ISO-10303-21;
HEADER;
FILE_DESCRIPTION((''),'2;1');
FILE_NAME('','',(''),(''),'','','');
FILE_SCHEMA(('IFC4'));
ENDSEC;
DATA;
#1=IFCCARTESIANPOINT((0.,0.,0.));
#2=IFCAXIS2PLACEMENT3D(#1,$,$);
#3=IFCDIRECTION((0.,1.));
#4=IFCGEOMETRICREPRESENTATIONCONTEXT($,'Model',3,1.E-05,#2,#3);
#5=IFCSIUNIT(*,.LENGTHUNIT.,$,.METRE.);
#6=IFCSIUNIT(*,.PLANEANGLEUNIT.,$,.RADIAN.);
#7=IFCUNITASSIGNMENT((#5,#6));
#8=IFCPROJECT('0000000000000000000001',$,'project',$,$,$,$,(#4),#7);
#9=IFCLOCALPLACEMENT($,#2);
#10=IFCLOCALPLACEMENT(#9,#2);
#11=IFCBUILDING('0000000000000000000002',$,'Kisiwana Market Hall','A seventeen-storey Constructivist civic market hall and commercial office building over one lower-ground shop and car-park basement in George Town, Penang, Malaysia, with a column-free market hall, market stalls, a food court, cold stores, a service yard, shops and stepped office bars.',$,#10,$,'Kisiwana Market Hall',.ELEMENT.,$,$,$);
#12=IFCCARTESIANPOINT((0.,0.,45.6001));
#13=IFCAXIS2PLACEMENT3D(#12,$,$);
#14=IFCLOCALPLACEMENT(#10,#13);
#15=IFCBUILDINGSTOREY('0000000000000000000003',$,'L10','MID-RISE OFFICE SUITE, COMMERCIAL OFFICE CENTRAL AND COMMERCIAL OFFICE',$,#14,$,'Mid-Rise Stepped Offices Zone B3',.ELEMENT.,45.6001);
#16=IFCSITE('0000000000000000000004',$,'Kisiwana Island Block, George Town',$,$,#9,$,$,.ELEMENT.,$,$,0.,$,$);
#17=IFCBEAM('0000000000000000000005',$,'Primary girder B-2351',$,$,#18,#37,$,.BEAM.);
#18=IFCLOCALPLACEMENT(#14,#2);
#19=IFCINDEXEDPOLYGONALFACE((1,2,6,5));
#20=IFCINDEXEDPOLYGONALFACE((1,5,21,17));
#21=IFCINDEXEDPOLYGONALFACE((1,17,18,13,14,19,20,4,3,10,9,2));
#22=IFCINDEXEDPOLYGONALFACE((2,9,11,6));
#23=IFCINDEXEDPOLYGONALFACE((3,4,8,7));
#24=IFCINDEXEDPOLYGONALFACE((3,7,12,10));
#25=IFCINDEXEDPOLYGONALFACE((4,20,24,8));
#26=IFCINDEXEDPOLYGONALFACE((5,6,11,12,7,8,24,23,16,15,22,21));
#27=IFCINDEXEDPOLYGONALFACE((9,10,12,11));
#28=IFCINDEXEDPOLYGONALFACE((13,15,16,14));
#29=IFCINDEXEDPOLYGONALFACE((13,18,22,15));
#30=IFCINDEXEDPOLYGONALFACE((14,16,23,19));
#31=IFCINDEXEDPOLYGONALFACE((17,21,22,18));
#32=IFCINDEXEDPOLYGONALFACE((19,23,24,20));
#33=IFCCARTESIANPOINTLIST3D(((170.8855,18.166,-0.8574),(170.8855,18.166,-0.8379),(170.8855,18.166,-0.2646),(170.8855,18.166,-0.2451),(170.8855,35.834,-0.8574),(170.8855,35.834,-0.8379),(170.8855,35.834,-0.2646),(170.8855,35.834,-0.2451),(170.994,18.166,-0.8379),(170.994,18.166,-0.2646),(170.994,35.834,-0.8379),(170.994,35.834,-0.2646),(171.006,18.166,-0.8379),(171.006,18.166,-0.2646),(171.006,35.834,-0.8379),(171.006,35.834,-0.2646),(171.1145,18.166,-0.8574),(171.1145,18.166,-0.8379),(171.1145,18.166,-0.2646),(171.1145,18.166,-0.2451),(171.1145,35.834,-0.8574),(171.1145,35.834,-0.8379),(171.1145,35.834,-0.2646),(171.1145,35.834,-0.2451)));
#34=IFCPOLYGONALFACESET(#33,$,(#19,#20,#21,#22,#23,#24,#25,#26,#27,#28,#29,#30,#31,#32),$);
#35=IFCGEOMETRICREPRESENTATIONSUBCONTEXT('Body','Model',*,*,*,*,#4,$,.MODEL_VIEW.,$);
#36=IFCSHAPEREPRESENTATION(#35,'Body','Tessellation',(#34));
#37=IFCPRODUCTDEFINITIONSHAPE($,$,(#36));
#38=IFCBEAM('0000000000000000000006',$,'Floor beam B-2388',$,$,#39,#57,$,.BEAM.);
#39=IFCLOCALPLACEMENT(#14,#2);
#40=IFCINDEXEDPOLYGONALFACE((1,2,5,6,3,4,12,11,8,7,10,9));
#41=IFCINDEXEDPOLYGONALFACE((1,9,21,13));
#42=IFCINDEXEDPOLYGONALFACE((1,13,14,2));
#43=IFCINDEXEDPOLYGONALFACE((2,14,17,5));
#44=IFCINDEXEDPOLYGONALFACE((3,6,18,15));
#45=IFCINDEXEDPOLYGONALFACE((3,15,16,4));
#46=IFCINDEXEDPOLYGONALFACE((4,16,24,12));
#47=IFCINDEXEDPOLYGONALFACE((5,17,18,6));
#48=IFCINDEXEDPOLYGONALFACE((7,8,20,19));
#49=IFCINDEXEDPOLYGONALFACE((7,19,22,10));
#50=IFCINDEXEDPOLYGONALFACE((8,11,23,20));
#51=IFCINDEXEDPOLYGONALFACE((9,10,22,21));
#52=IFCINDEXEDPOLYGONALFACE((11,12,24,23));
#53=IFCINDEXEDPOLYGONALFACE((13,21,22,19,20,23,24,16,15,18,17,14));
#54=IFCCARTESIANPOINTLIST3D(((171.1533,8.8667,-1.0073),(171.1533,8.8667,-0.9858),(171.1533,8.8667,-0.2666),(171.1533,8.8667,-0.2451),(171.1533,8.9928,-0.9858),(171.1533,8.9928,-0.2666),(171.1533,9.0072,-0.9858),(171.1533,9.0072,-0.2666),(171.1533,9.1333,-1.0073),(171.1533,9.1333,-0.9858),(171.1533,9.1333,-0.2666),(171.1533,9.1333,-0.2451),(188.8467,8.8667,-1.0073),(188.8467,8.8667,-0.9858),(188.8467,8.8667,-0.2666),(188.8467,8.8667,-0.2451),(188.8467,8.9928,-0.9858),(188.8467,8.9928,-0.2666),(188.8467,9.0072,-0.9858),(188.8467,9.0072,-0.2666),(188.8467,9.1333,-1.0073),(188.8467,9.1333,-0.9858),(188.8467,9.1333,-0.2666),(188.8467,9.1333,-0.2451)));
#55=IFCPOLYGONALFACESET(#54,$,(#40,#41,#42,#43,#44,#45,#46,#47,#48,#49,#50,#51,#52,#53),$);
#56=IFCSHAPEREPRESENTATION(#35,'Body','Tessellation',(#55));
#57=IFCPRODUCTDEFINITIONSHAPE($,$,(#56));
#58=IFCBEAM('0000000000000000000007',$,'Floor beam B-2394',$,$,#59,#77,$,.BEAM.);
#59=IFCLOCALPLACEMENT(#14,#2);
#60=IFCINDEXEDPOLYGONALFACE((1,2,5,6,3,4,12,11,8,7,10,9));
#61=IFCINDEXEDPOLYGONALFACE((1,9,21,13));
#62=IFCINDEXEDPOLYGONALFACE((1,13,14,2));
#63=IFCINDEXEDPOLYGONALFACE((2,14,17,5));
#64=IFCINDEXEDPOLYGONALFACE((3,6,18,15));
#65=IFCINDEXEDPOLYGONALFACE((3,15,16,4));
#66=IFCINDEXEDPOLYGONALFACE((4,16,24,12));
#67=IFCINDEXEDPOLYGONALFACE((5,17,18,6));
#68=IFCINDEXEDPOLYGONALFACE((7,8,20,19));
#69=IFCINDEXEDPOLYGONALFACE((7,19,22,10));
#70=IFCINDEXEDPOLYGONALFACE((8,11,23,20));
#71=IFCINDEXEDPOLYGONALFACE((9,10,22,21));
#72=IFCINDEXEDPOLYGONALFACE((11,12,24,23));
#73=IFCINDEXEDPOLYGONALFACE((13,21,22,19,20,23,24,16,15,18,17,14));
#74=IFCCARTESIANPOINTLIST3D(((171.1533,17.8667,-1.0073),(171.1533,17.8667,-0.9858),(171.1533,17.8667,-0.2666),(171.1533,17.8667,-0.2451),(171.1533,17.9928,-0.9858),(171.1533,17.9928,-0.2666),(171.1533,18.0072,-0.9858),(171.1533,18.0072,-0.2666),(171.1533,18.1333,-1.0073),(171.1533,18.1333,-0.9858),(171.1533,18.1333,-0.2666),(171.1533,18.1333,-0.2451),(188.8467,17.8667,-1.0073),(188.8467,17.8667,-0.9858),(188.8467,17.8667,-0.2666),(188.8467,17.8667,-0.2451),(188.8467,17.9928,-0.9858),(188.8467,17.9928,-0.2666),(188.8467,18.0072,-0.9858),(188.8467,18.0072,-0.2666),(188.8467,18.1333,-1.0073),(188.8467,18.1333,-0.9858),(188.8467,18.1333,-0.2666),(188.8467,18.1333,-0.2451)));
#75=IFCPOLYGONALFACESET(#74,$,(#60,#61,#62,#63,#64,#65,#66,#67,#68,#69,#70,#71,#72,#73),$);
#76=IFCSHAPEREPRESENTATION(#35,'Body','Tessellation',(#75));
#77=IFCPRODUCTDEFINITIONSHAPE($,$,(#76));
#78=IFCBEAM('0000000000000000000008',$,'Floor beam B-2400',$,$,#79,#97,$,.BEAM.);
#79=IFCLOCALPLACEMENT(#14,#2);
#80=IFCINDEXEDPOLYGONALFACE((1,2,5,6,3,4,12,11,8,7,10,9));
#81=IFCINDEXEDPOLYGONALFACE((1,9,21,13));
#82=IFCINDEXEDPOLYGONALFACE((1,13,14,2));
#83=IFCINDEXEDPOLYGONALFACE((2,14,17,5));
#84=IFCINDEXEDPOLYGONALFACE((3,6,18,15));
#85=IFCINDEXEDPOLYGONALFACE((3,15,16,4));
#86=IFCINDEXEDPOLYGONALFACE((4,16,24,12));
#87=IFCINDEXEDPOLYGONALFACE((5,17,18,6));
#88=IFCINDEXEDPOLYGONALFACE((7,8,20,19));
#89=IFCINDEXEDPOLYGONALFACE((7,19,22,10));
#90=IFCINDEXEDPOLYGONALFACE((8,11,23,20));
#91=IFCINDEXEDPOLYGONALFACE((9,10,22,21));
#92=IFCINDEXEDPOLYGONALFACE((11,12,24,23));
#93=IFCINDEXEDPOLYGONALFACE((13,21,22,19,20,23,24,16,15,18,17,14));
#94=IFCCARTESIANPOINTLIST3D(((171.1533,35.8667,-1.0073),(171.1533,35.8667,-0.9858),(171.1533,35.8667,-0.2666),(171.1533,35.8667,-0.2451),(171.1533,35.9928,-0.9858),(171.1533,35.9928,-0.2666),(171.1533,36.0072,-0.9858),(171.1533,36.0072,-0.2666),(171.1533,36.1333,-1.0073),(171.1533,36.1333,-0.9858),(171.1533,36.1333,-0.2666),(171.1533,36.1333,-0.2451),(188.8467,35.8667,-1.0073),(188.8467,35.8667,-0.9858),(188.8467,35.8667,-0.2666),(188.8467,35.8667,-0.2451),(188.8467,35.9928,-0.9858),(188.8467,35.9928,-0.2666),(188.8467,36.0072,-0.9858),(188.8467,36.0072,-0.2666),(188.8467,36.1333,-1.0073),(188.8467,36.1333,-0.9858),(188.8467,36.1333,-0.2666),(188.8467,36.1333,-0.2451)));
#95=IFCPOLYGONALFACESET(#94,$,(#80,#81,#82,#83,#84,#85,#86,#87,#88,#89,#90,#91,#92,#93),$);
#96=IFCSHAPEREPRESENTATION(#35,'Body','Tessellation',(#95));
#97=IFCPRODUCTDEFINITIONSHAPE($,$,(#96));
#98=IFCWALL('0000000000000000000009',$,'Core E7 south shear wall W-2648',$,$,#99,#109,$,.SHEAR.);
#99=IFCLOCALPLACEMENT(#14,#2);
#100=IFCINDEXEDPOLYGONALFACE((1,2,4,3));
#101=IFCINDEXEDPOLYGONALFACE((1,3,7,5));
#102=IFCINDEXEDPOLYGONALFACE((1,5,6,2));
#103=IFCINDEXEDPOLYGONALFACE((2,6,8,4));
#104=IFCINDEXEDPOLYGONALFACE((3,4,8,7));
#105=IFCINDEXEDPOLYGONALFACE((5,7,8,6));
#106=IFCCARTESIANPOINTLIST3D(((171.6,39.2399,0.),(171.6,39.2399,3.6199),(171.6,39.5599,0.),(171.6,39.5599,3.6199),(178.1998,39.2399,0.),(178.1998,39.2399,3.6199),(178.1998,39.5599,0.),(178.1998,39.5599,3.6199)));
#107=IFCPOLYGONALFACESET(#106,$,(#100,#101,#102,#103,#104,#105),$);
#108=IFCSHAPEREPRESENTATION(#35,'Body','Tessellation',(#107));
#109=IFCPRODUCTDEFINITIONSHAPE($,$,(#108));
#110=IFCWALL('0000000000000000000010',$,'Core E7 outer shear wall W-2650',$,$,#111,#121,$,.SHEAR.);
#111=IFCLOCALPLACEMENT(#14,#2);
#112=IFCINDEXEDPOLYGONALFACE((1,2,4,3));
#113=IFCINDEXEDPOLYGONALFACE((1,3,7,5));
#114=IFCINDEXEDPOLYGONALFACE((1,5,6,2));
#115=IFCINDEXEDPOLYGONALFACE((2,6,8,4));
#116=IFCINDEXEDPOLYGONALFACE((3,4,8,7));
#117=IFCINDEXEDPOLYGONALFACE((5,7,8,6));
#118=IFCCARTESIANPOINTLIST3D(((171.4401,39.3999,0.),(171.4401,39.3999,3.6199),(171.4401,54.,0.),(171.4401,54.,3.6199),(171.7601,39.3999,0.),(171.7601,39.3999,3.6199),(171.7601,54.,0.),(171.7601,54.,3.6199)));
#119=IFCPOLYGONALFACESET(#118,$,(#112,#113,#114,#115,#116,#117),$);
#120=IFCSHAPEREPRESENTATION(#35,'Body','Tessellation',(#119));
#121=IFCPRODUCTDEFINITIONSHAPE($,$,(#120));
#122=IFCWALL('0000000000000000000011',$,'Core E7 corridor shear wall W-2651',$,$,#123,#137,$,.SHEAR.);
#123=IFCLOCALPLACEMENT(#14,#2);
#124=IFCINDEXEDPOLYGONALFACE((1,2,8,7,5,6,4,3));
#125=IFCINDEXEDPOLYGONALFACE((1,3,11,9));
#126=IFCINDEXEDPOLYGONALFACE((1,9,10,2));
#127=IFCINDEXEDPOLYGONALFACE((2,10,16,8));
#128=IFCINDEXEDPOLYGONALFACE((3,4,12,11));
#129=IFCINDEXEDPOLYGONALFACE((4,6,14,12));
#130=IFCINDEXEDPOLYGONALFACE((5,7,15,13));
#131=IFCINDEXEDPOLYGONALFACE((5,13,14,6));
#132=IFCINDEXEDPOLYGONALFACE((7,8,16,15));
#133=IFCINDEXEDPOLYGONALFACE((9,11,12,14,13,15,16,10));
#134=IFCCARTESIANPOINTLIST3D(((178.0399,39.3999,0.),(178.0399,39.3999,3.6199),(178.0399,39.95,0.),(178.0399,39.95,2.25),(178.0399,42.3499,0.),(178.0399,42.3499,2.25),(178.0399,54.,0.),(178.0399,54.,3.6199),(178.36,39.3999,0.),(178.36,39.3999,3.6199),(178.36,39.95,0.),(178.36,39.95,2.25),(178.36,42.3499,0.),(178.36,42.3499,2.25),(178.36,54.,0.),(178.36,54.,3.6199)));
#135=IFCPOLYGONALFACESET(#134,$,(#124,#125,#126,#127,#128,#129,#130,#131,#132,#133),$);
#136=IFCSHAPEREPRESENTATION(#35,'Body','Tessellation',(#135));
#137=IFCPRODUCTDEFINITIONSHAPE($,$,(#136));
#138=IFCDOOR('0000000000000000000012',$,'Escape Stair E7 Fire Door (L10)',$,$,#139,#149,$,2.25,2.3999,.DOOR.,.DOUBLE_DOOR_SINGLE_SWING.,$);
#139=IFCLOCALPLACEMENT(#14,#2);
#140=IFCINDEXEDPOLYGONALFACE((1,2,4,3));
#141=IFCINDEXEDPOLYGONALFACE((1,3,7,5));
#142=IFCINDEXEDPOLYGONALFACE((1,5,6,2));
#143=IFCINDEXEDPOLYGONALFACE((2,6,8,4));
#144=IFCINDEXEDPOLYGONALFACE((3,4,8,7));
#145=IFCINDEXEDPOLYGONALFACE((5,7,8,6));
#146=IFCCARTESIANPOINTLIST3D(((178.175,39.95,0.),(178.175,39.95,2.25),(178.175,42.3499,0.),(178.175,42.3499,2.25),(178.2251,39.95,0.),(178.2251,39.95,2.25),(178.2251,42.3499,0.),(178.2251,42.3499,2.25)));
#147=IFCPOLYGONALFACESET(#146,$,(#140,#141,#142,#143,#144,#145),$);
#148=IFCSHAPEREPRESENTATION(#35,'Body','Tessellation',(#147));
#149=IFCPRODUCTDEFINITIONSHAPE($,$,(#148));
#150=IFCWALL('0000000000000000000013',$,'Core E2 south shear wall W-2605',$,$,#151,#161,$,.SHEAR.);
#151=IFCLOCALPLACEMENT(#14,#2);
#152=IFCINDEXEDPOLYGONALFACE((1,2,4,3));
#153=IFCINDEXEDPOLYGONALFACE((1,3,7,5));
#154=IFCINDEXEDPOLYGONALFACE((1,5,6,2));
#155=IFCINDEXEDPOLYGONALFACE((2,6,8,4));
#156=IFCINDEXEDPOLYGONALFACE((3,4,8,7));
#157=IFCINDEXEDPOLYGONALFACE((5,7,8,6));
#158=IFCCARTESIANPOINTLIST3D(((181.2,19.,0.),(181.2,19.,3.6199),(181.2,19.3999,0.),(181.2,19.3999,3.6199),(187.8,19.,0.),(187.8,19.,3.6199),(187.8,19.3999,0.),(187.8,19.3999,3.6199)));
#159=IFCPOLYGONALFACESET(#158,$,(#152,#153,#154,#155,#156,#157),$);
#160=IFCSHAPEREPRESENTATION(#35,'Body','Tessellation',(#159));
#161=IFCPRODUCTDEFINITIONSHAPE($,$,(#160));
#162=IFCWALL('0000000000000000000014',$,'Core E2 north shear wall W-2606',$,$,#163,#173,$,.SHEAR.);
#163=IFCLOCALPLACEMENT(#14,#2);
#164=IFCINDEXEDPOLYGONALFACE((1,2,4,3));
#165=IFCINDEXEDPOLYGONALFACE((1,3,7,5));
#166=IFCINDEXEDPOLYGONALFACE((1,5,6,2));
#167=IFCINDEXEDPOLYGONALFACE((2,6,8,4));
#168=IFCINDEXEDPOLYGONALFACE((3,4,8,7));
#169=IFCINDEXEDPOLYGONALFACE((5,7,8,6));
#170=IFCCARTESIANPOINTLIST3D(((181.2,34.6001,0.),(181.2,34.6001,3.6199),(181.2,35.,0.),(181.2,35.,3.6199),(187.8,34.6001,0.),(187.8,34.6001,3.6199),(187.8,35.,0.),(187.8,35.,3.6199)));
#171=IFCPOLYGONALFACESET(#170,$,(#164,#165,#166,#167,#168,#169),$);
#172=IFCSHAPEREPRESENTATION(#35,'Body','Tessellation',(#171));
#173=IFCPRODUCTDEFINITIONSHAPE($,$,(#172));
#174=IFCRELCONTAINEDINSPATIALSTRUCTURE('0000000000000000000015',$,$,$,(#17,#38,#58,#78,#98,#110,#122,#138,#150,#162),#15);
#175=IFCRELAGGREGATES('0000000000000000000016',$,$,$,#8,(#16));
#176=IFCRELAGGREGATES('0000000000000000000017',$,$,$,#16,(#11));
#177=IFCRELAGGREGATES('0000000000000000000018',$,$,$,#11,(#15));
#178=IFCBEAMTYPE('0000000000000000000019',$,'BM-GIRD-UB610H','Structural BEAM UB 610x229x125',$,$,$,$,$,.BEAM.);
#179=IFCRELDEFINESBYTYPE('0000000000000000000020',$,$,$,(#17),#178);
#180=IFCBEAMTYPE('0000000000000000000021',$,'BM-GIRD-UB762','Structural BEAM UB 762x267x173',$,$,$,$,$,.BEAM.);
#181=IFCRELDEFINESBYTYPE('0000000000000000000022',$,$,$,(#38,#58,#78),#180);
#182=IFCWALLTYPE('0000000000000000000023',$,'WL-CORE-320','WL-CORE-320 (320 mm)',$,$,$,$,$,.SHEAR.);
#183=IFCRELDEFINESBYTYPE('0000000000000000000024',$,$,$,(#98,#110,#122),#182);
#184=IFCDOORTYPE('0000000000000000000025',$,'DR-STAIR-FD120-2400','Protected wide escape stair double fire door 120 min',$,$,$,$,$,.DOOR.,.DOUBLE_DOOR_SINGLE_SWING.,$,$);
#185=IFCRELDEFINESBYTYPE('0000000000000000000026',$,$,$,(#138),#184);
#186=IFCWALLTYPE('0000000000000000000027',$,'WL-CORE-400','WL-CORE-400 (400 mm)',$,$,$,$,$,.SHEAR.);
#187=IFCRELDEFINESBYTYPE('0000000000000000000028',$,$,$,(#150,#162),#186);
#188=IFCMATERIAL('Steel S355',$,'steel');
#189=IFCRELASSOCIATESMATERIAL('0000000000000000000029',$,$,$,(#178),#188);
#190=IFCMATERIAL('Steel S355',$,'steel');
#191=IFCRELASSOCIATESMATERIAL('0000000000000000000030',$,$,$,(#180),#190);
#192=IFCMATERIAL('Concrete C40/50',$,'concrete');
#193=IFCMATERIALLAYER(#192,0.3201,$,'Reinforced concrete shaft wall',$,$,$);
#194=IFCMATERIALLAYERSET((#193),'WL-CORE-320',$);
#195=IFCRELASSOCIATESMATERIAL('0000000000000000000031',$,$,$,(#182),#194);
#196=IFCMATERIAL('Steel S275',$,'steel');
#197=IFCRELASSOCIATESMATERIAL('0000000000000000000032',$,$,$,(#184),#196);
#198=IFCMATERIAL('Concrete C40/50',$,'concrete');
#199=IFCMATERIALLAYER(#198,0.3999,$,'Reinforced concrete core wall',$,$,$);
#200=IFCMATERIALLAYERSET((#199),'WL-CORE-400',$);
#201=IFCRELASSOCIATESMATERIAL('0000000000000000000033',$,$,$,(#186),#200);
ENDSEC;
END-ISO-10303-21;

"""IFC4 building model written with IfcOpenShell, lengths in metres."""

from ifc_helpers import new_model, si_unit, direction, frame, frame_2d, origin, origin_2d, place, context, subcontext, project, spatial, rectangle, i_section, extrude, material, layer, layer_set, material_profile, profile_set, type_object, element, fill, save


model = new_model("IFC4")

# Units and contexts
model_context = context("Model", 3, precision=1e-05, world=origin(), true_north=direction((0.0, 1.0)))
body_context = subcontext(model_context, "Body", "Model", "MODEL_VIEW")
ifc_project = project(units=[si_unit("LENGTHUNIT", "METRE"), si_unit("PLANEANGLEUNIT", "RADIAN")], contexts=[model_context])

# Site, building, storey
site_placement = place(None, origin())
site = spatial("IfcSite", under=ifc_project, at=site_placement, Name="Kisiwana Island Block, George Town", CompositionType="ELEMENT", RefElevation=0.0)
building_placement = place(site_placement, origin())
building = spatial("IfcBuilding", under=site, at=building_placement, Name="Kisiwana Market Hall", Description="A seventeen-storey Constructivist civic market hall and commercial office building over one lower-ground shop and car-park basement in George Town, Penang, Malaysia, with a column-free market hall, market stalls, a food court, cold stores, a service yard, shops and stepped office bars.", LongName="Kisiwana Market Hall", CompositionType="ELEMENT")
storey_placement = place(building_placement, frame((0.0, 0.0, 45.6001)))
storey = spatial("IfcBuildingStorey", under=building, at=storey_placement, Name="L10", Description="MID-RISE OFFICE SUITE, COMMERCIAL OFFICE CENTRAL AND COMMERCIAL OFFICE", LongName="Mid-Rise Stepped Offices Zone B3", CompositionType="ELEMENT", Elevation=45.6001)

# Beams
ifc_material_1 = material(Name="Steel S355", Category="steel")
ifc_material_profile_1 = material_profile(ifc_material_1, i_section(OverallWidth=0.229, OverallDepth=0.6123, WebThickness=0.012, FlangeThickness=0.0195, at=origin_2d()), Name="UB 610x229x125")
ifc_profile_set_1 = profile_set([ifc_material_profile_1], Name="Steel S355")
beam_type_1 = type_object("IfcBeamType", Name="BM-GIRD-UB610H", Description="Structural BEAM UB 610x229x125", PredefinedType="BEAM", material=ifc_profile_set_1)
beam_placement = place(storey_placement, frame((171.0, 18.166, -0.5513), z_axis=(0.0, 1.0, 0.0), x_axis=(-1.0, 0.0, 0.0)))
element("IfcBeam", 1, at=beam_placement, inside=storey, type_object=beam_type_1, Name="Primary girder B-2351", PredefinedType="BEAM", context=body_context, shape_type="SweptSolid", body=[
    extrude(i_section(OverallWidth=0.229, OverallDepth=0.6123, WebThickness=0.012, FlangeThickness=0.0195, at=origin_2d()), origin(), (0.0, 0.0, 1.0), 17.668),
])
ifc_material_2 = material(Name="Steel S355", Category="steel")
ifc_material_profile_2 = material_profile(ifc_material_2, i_section(OverallWidth=0.2666, OverallDepth=0.7622, WebThickness=0.0144, FlangeThickness=0.0215, at=origin_2d()), Name="UB 762x267x173")
ifc_profile_set_2 = profile_set([ifc_material_profile_2], Name="Steel S355")
beam_type_2 = type_object("IfcBeamType", Name="BM-GIRD-UB762", Description="Structural BEAM UB 762x267x173", PredefinedType="BEAM", material=ifc_profile_set_2)
for number, where, z_axis, x_axis, name in (
    (2, (171.1533, 9.0, -0.6262), (1.0, 0.0, 0.0), (0.0, 1.0, 0.0), "Floor beam B-2388"),
    (3, (171.1533, 18.0, -0.6262), (1.0, 0.0, 0.0), (0.0, 1.0, 0.0), "Floor beam B-2394"),
    (4, (171.1533, 36.0, -0.6262), (1.0, 0.0, 0.0), (0.0, 1.0, 0.0), "Floor beam B-2400"),
):
    element("IfcBeam", number, at=place(storey_placement, frame(where, z_axis=z_axis, x_axis=x_axis)), inside=storey, type_object=beam_type_2, Name=name, PredefinedType="BEAM", context=body_context, shape_type="SweptSolid", body=[
        extrude(i_section(OverallWidth=0.2666, OverallDepth=0.7622, WebThickness=0.0144, FlangeThickness=0.0215, at=origin_2d()), origin(), (0.0, 0.0, 1.0), 17.6934),
    ])

# Walls
ifc_material_3 = material(Name="Concrete C40/50", Category="concrete")
ifc_layer_1 = layer(ifc_material_3, 0.3201, Name="Reinforced concrete shaft wall")
ifc_layer_set_1 = layer_set([ifc_layer_1], Name="WL-CORE-320")
wall_type_1 = type_object("IfcWallType", Name="WL-CORE-320", Description="WL-CORE-320 (320 mm)", PredefinedType="SHEAR", material=ifc_layer_set_1)
wall_1_placement = place(storey_placement, frame((171.6001, 39.3999, 0.0), z_axis=(0.0, 0.0, 1.0), x_axis=(1.0, 0.0, 0.0)))
element("IfcWall", 5, at=wall_1_placement, inside=storey, type_object=wall_type_1, Name="Core E7 south shear wall W-2648", PredefinedType="SHEAR", context=body_context, shape_type="SweptSolid", body=[
    extrude(rectangle(XDim=6.5999, YDim=0.3201, at=frame_2d((3.2998, 0.0))), origin(), (0.0, 0.0, 1.0), 3.6199),
])
wall_2_placement = place(storey_placement, frame((171.6001, 39.3999, 0.0), z_axis=(0.0, 0.0, 1.0), x_axis=(0.0, 1.0, 0.0)))
element("IfcWall", 6, at=wall_2_placement, inside=storey, type_object=wall_type_1, Name="Core E7 outer shear wall W-2650", PredefinedType="SHEAR", context=body_context, shape_type="SweptSolid", body=[
    extrude(rectangle(XDim=14.6001, YDim=0.3201, at=frame_2d((7.3, 0.0))), origin(), (0.0, 0.0, 1.0), 3.6199),
])

# Wall, opening, door
wall_3_placement = place(storey_placement, frame((178.2, 39.3999, 0.0), z_axis=(0.0, 0.0, 1.0), x_axis=(0.0, 1.0, 0.0)))
wall_3 = element("IfcWall", 7, at=wall_3_placement, inside=storey, type_object=wall_type_1, Name="Core E7 corridor shear wall W-2651", PredefinedType="SHEAR", context=body_context, shape_type="SweptSolid", body=[
    extrude(rectangle(XDim=14.6001, YDim=0.3201, at=frame_2d((7.3, 0.0))), origin(), (0.0, 0.0, 1.0), 3.6199),
])
opening_1_placement = place(wall_3_placement, frame((0.55, 0.0, 0.0)))
opening_1 = element("IfcOpeningElement", 8, at=opening_1_placement, cuts=wall_3, PredefinedType="OPENING", context=body_context, shape_type="SweptSolid", body=[
    extrude(rectangle(XDim=2.3999, YDim=2.25, at=frame_2d((1.2, 1.125))), frame((0.0, 0.1719, 0.0), z_axis=(0.0, -1.0, 0.0), x_axis=(1.0, 0.0, 0.0)), (0.0, 0.0, 1.0), 0.344),
])
ifc_material_4 = material(Name="Steel S275", Category="steel")
door_type_1 = type_object("IfcDoorType", Name="DR-STAIR-FD120-2400", Description="Protected wide escape stair double fire door 120 min", OperationType="DOUBLE_DOOR_SINGLE_SWING", PredefinedType="DOOR", material=ifc_material_4)
door_1_placement = place(opening_1_placement, origin())
door_1 = element("IfcDoor", 9, at=door_1_placement, inside=storey, type_object=door_type_1, Name="Escape Stair E7 Fire Door (L10)", OperationType="DOUBLE_DOOR_SINGLE_SWING", OverallHeight=2.25, OverallWidth=2.3999, PredefinedType="DOOR", context=body_context, shape_type="SweptSolid", body=[
    extrude(rectangle(XDim=2.3999, YDim=2.25, at=frame_2d((1.2, 1.125))), frame((0.0, 0.0249, 0.0), z_axis=(0.0, -1.0, 0.0), x_axis=(1.0, 0.0, 0.0)), (0.0, 0.0, 1.0), 0.05),
])
fill(opening_1, door_1)

# Walls
ifc_material_5 = material(Name="Concrete C40/50", Category="concrete")
ifc_layer_2 = layer(ifc_material_5, 0.3999, Name="Reinforced concrete core wall")
ifc_layer_set_2 = layer_set([ifc_layer_2], Name="WL-CORE-400")
wall_type_2 = type_object("IfcWallType", Name="WL-CORE-400", Description="WL-CORE-400 (400 mm)", PredefinedType="SHEAR", material=ifc_layer_set_2)
for number, where, z_axis, x_axis, name in (
    (10, (181.2, 19.2, 0.0), (0.0, 0.0, 1.0), (1.0, 0.0, 0.0), "Core E2 south shear wall W-2605"),
    (11, (181.2, 34.8, 0.0), (0.0, 0.0, 1.0), (1.0, 0.0, 0.0), "Core E2 north shear wall W-2606"),
):
    element("IfcWall", number, at=place(storey_placement, frame(where, z_axis=z_axis, x_axis=x_axis)), inside=storey, type_object=wall_type_2, Name=name, PredefinedType="SHEAR", context=body_context, shape_type="SweptSolid", body=[
        extrude(rectangle(XDim=6.6001, YDim=0.3999, at=frame_2d((3.3, 0.0))), origin(), (0.0, 0.0, 1.0), 3.6199),
    ])

save(model, "model.ifc")
